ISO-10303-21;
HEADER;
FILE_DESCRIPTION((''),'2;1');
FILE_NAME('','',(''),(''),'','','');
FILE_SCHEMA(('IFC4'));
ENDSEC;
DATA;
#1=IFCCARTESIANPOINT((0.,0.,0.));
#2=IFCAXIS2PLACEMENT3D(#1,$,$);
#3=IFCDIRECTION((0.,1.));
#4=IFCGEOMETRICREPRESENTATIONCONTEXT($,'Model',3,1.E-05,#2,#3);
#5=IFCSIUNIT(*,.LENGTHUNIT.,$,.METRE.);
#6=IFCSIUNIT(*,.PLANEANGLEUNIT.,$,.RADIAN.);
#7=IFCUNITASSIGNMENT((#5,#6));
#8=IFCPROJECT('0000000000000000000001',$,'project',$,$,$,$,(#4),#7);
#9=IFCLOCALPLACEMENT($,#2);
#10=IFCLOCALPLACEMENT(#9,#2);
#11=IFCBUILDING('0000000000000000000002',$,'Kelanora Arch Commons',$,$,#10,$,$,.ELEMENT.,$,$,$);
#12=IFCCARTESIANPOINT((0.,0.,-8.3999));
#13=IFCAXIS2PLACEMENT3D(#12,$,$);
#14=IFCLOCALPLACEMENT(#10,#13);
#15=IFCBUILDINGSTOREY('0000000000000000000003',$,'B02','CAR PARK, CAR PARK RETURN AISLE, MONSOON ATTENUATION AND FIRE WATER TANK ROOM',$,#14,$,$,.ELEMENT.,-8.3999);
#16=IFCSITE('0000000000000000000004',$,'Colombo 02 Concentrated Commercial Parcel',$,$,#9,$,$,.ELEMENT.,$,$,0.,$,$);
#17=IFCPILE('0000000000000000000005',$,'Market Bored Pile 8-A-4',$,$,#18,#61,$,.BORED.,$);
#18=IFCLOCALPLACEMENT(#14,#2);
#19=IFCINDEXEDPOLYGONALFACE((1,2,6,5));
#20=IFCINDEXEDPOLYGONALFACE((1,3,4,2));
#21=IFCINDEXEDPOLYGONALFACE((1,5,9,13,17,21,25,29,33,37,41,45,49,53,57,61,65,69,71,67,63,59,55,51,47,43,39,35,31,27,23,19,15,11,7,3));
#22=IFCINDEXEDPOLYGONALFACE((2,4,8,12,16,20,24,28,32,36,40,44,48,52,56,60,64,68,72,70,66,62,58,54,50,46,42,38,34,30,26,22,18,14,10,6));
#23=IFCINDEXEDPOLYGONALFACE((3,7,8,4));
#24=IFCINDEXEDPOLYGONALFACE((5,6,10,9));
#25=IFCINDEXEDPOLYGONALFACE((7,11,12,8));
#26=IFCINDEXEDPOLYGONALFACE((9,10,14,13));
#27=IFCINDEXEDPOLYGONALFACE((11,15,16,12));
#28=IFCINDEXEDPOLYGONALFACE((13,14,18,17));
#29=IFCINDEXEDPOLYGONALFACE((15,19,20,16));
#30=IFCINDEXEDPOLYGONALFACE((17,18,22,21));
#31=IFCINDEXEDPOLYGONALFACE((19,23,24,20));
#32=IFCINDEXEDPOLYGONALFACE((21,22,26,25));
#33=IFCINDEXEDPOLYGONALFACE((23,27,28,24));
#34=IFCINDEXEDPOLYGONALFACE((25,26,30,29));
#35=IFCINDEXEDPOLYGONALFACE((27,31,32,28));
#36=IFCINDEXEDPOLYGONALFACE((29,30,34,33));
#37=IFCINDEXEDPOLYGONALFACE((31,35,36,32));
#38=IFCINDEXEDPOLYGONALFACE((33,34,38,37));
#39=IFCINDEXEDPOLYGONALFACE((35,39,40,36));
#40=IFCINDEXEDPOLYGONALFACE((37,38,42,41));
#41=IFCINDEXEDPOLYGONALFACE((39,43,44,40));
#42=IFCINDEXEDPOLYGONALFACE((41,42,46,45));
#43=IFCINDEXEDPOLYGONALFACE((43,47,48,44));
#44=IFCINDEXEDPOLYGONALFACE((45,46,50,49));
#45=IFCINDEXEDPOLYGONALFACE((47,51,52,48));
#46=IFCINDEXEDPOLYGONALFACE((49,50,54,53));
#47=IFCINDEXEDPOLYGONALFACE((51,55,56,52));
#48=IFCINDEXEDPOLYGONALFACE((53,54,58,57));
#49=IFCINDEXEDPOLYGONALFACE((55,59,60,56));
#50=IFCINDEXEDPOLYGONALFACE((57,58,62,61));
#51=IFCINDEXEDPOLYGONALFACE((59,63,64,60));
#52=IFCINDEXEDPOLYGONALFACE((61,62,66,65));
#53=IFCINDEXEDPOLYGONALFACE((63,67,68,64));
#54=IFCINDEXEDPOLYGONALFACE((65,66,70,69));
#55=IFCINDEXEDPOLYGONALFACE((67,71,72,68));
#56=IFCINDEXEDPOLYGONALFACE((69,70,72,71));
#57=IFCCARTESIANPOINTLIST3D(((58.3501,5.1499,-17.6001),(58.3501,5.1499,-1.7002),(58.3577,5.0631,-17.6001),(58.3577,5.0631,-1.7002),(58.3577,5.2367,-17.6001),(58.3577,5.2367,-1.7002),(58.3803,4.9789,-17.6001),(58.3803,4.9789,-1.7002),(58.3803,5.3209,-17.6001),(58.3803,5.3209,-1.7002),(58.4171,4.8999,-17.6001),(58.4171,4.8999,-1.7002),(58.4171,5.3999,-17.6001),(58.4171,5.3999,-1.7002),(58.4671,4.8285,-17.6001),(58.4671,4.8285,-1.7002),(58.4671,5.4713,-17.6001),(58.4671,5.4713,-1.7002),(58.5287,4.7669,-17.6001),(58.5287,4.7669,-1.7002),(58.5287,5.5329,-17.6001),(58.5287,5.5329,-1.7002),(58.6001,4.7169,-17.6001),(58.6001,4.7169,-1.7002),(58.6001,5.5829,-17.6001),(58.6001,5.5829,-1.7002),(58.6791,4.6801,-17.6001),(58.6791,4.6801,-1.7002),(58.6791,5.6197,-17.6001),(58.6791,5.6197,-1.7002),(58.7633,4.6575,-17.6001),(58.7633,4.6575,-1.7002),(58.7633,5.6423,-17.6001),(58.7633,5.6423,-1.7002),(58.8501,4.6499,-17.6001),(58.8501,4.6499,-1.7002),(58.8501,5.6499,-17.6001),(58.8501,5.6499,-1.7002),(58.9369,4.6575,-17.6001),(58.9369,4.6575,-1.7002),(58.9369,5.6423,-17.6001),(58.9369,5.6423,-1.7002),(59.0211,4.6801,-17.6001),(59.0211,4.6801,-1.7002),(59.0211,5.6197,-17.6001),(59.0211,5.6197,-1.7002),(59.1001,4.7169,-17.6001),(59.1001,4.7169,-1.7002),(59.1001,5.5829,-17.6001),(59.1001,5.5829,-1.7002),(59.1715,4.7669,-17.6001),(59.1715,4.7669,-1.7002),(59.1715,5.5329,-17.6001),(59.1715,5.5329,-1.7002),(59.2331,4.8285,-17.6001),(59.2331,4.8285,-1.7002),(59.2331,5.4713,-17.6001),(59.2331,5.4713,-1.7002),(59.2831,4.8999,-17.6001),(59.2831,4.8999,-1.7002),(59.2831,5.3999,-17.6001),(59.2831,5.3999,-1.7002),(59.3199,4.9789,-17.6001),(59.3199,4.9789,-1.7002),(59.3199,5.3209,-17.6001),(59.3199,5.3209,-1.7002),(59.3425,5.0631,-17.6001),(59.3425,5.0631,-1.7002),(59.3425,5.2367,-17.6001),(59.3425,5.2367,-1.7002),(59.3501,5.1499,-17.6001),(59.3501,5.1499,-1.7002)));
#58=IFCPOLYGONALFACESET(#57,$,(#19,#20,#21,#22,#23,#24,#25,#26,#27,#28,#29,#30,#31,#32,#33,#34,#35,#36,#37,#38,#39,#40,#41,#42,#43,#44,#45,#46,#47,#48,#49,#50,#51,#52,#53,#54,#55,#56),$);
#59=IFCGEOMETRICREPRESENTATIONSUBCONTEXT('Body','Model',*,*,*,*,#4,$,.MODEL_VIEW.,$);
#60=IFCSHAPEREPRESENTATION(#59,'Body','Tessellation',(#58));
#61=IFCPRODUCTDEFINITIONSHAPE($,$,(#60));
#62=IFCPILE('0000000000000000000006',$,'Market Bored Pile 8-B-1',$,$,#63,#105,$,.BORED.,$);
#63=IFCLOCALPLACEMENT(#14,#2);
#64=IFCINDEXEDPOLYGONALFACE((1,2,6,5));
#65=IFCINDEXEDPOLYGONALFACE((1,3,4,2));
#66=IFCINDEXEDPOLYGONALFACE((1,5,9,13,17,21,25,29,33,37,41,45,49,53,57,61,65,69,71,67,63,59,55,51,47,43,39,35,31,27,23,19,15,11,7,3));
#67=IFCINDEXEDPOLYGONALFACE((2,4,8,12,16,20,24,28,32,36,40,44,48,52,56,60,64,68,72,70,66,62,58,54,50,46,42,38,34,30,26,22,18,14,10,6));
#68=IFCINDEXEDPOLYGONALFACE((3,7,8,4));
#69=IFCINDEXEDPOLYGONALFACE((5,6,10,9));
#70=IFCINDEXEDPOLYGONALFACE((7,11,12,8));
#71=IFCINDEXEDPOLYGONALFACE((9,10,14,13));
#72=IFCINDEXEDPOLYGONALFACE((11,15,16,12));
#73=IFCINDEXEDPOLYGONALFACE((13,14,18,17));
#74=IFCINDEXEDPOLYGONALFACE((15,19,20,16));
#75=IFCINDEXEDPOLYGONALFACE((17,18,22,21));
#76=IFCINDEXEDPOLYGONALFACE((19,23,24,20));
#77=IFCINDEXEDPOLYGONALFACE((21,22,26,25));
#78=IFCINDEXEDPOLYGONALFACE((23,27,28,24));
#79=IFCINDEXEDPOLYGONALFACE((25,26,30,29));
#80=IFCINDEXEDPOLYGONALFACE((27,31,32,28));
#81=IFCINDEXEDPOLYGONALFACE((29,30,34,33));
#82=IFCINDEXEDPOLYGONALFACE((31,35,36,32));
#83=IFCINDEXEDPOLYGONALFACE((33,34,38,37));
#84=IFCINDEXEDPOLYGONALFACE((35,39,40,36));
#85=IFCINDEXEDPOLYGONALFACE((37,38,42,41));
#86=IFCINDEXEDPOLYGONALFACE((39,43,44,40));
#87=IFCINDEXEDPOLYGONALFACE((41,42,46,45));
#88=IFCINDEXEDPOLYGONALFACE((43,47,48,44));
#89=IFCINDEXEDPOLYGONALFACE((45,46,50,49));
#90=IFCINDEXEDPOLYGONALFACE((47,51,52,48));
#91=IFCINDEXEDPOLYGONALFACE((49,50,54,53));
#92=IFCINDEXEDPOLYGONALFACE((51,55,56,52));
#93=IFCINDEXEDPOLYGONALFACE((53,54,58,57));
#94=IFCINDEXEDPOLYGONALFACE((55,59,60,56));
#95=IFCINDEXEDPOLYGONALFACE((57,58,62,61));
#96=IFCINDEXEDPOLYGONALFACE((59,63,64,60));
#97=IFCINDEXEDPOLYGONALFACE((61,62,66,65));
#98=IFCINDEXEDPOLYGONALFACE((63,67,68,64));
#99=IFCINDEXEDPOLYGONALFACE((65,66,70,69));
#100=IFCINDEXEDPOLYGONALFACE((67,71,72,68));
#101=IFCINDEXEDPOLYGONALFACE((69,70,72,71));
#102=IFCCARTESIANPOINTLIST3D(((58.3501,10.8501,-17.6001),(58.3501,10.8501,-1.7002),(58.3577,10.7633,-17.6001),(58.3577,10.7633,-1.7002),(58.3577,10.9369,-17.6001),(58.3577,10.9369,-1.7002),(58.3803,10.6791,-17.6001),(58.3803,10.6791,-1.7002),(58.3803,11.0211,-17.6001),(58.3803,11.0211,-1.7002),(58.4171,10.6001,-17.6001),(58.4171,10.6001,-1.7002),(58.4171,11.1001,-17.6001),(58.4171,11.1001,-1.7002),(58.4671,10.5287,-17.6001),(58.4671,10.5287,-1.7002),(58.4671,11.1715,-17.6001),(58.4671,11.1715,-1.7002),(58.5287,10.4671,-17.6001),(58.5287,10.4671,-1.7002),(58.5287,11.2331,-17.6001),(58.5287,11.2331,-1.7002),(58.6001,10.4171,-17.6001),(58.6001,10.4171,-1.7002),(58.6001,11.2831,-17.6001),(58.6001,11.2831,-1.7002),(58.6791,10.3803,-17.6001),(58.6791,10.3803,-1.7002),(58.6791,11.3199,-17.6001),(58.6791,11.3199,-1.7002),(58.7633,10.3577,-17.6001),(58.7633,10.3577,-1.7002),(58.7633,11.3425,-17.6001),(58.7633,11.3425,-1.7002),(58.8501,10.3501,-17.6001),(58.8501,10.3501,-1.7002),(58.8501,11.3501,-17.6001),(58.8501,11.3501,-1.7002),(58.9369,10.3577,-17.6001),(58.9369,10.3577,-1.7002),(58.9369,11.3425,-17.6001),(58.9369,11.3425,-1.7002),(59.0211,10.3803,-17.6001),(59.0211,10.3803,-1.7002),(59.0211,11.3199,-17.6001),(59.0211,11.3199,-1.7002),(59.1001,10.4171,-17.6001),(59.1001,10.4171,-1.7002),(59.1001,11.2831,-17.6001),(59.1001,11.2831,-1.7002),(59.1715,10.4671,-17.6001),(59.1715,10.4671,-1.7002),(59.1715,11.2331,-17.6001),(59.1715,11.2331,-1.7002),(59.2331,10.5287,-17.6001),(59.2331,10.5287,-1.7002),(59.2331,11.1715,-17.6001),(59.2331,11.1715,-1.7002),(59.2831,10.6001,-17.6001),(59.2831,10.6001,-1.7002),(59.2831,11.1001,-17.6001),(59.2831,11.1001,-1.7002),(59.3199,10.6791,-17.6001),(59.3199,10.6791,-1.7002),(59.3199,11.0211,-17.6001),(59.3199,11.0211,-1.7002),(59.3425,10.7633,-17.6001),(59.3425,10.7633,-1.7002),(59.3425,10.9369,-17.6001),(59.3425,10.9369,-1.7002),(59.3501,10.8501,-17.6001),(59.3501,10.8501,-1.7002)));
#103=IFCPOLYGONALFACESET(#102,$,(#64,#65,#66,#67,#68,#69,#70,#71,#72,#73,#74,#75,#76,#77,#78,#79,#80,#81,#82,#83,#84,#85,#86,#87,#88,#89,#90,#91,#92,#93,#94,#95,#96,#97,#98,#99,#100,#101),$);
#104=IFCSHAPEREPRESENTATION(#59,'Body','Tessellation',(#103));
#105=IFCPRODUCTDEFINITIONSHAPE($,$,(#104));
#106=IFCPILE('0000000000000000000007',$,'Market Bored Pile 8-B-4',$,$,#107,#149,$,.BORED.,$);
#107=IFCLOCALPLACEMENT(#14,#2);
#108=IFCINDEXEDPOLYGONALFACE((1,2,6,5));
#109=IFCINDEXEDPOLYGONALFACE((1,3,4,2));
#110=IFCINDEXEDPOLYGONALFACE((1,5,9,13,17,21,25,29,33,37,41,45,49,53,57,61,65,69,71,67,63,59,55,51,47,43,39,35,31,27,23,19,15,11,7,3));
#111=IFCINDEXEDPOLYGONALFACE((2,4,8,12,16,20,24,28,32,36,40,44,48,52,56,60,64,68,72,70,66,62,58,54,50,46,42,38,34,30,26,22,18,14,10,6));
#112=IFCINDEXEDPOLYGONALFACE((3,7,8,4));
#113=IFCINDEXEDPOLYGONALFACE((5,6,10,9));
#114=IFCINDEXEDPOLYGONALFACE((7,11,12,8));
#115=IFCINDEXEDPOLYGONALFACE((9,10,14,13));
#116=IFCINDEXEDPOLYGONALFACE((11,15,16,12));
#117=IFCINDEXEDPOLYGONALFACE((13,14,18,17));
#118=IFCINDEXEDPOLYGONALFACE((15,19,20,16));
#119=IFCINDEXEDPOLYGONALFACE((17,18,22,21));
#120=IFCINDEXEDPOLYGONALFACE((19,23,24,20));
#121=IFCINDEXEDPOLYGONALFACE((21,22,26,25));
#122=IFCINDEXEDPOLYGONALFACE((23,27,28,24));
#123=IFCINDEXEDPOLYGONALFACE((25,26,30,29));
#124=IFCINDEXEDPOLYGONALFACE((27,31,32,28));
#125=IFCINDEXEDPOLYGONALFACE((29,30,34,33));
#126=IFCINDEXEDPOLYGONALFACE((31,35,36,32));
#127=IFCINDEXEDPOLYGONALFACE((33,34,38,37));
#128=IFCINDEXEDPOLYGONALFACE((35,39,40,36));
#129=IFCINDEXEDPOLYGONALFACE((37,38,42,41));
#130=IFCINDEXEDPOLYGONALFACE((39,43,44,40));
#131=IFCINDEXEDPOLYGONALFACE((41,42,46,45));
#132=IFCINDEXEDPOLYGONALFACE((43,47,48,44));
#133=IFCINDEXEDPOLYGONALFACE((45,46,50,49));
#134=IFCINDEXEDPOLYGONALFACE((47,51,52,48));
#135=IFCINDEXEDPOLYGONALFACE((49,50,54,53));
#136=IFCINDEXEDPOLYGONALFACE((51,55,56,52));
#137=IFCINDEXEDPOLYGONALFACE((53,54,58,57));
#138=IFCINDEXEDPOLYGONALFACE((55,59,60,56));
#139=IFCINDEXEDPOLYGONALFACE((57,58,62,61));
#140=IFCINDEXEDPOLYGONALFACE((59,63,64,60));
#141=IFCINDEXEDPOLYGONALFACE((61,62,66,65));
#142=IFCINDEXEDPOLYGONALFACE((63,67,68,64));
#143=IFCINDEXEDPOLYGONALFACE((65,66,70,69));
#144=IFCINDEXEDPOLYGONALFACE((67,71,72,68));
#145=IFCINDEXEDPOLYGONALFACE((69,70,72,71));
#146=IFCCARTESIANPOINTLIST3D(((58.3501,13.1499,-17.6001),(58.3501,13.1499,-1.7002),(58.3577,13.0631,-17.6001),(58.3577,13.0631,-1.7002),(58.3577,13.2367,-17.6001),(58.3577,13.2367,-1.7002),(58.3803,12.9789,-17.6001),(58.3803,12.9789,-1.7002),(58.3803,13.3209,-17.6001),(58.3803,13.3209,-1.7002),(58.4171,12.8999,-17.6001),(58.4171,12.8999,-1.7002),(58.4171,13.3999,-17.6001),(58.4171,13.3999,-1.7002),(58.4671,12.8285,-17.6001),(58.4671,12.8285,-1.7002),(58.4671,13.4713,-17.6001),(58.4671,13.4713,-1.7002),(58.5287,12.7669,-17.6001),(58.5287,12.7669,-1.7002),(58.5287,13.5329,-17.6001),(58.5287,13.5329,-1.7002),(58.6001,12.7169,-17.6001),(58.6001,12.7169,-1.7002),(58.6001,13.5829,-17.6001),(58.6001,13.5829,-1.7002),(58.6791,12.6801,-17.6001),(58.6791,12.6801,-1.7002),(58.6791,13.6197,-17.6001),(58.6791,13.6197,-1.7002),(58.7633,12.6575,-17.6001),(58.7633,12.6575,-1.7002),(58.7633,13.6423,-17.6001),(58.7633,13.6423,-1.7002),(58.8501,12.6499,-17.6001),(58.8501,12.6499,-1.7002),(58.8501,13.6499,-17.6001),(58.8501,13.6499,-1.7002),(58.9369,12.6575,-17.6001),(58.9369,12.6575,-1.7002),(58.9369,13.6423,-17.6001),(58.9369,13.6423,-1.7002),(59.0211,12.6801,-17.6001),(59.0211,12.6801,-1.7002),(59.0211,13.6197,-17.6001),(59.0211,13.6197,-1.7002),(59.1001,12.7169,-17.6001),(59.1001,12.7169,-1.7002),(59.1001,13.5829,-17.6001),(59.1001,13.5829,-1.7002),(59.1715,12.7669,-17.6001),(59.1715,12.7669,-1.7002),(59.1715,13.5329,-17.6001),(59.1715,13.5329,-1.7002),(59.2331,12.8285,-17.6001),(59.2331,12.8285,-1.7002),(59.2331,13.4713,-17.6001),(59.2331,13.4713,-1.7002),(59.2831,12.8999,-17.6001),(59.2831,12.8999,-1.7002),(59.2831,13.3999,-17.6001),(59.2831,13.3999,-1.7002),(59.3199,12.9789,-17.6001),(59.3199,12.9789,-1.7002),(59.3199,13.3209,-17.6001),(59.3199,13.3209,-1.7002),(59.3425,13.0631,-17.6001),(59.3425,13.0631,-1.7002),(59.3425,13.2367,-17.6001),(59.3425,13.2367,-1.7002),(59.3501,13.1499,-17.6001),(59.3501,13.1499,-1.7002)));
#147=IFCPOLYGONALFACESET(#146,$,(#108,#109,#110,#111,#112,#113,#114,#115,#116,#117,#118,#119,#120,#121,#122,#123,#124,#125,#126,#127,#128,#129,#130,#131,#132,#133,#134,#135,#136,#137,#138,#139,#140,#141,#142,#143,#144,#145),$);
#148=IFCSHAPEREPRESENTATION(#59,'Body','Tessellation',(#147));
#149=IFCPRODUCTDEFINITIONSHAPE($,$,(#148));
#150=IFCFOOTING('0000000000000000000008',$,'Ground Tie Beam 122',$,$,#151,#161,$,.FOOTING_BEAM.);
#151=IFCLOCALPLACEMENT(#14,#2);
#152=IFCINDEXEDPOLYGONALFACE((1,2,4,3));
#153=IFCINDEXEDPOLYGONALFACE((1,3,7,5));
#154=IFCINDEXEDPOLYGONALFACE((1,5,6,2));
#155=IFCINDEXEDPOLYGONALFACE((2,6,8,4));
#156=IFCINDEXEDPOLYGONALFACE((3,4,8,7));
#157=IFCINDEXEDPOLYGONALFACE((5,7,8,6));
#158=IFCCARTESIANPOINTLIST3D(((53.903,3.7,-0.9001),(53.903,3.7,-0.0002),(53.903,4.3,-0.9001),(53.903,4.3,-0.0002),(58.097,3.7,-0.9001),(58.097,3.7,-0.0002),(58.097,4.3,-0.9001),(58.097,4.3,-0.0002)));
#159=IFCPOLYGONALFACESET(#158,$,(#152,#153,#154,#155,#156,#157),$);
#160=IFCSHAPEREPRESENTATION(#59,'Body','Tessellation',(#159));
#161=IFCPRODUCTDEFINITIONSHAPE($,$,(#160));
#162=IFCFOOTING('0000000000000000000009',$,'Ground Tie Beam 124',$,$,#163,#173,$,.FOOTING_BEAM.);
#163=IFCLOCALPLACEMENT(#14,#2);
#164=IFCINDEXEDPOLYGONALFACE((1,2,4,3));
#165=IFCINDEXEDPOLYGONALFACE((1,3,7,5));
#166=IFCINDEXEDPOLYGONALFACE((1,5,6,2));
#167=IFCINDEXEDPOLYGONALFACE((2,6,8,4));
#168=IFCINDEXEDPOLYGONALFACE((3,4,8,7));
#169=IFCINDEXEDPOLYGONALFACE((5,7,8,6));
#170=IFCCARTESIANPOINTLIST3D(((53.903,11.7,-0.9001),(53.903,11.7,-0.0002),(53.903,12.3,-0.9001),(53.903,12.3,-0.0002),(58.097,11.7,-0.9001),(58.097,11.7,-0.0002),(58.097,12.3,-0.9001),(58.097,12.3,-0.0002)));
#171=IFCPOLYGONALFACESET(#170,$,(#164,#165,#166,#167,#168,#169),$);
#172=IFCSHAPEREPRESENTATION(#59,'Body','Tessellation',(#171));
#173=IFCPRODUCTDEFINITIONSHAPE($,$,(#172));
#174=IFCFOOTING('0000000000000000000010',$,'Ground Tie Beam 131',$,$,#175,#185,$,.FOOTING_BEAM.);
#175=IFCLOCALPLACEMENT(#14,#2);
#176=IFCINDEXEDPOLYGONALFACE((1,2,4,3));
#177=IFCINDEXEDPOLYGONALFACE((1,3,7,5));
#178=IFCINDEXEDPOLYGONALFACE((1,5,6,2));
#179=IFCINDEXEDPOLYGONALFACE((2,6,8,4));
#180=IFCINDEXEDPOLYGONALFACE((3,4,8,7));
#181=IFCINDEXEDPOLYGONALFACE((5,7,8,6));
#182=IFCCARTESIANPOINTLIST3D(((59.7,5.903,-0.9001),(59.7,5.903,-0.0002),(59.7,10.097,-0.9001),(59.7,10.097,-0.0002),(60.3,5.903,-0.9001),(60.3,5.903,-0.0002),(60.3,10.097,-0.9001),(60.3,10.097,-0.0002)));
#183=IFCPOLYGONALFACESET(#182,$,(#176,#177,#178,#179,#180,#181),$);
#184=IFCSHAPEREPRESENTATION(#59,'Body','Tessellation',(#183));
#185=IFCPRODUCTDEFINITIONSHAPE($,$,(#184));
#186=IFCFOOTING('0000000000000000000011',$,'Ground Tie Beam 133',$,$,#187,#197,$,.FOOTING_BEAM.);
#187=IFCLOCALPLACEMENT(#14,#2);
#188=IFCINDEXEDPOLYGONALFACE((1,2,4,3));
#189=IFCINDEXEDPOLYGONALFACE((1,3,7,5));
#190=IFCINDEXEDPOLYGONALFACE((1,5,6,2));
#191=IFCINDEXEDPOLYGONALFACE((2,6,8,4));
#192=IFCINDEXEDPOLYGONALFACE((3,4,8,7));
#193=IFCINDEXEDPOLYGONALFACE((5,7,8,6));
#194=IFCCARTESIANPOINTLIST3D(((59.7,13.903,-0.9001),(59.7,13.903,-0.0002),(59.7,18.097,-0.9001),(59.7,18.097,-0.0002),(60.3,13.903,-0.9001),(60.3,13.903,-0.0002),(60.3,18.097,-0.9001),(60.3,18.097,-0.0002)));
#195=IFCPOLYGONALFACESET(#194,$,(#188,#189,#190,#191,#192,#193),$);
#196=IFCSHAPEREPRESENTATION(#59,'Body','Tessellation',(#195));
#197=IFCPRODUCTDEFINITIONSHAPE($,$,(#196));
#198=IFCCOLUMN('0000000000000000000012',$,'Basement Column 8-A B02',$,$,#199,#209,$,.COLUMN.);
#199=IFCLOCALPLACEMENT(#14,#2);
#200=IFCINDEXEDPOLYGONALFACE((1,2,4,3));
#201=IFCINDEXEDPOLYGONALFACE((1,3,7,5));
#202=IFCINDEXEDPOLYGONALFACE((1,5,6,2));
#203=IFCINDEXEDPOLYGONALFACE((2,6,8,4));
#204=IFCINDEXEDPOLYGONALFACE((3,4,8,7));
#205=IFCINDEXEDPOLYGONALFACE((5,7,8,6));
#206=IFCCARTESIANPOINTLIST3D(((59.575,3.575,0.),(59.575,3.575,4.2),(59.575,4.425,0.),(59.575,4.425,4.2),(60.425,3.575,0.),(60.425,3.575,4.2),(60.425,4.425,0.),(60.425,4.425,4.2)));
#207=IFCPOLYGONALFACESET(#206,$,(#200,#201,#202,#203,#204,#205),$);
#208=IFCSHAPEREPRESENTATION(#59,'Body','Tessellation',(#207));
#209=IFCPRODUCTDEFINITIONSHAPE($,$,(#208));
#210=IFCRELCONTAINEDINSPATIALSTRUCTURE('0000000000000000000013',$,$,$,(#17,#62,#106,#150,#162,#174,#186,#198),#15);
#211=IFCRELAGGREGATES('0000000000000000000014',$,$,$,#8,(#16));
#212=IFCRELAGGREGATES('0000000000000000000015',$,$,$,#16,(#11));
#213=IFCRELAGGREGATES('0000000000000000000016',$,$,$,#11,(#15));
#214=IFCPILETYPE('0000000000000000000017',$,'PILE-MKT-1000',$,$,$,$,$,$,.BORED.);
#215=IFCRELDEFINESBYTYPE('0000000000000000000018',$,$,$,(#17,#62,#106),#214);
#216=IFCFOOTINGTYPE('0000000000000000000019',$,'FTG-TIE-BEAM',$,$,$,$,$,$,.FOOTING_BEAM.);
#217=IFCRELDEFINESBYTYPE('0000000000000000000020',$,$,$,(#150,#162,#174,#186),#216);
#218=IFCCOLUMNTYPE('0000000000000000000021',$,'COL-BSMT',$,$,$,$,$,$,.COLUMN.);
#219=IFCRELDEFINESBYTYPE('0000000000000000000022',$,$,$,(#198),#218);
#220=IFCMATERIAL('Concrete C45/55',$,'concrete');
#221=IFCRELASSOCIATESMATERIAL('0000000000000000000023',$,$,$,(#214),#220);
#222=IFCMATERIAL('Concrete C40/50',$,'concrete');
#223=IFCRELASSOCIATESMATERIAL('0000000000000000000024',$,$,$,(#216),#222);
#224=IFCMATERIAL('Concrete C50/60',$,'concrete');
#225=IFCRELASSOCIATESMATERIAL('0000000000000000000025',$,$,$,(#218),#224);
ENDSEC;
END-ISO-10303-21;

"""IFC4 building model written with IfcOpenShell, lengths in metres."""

from ifc_helpers import new_model, si_unit, direction, frame, origin, origin_2d, place, context, subcontext, project, spatial, rectangle, circle, extrude, source, transform, mapped, material, material_profile, profile_set, type_object, element, save


model = new_model("IFC4")

# Units and contexts
model_context = context("Model", 3, precision=1e-05, world=origin(), true_north=direction((0.0, 1.0)))
body_context = subcontext(model_context, "Body", "Model", "MODEL_VIEW")
ifc_project = project(units=[si_unit("LENGTHUNIT", "METRE"), si_unit("PLANEANGLEUNIT", "RADIAN")], contexts=[model_context])

# Site, building, storey
site_placement = place(None, origin())
site = spatial("IfcSite", under=ifc_project, at=site_placement, Name="Colombo 02 Concentrated Commercial Parcel", CompositionType="ELEMENT", RefElevation=0.0)
building_placement = place(site_placement, origin())
building = spatial("IfcBuilding", under=site, at=building_placement, Name="Kelanora Arch Commons", CompositionType="ELEMENT")
storey_placement = place(building_placement, frame((0.0, 0.0, -8.3999)))
storey = spatial("IfcBuildingStorey", under=building, at=storey_placement, Name="B02", Description="CAR PARK, CAR PARK RETURN AISLE, MONSOON ATTENUATION AND FIRE WATER TANK ROOM", CompositionType="ELEMENT", Elevation=-8.3999)

# Shared definitions
ifc_material_1 = material(Name="Concrete C40/50", Category="concrete")

# Piles
ifc_material_2 = material(Name="Concrete C45/55", Category="concrete")
ifc_material_profile_1 = material_profile(ifc_material_2, circle(Radius=0.5, at=origin_2d()), Name="PILE1000")
ifc_profile_set_1 = profile_set([ifc_material_profile_1], Name="Concrete C45/55")
pile_type = type_object("IfcPileType", Name="PILE-MKT-1000", PredefinedType="BORED", material=ifc_profile_set_1)
shared_shape_1 = source(origin(), body_context, "Body", "SweptSolid", [
    extrude(circle(Radius=0.5, at=origin_2d()), origin(), (0.0, 0.0, 1.0), 15.8999),
])
for number, where, z_axis, x_axis, name in (
    (1, (58.8501, 5.1499, -1.7002), (0.0, 0.0, -1.0), (1.0, 0.0, 0.0), "Market Bored Pile 8-A-4"),
    (2, (58.8501, 10.8501, -1.7002), (0.0, 0.0, -1.0), (1.0, 0.0, 0.0), "Market Bored Pile 8-B-1"),
    (3, (58.8501, 13.1499, -1.7002), (0.0, 0.0, -1.0), (1.0, 0.0, 0.0), "Market Bored Pile 8-B-4"),
):
    element("IfcPile", number, at=place(storey_placement, frame(where, z_axis=z_axis, x_axis=x_axis)), inside=storey, type_object=pile_type, Name=name, PredefinedType="BORED", context=body_context, shape_type="MappedRepresentation", body=[
        mapped(shared_shape_1, transform((0.0, 0.0, 0.0), scale=1.0)),
    ])

# Footings
footing_type_1 = type_object("IfcFootingType", Name="FTG-TIE-BEAM", PredefinedType="FOOTING_BEAM", material=ifc_material_1)
shared_shape_2 = source(origin(), body_context, "Body", "SweptSolid", [
    extrude(rectangle(XDim=4.1941, YDim=0.6001, at=origin_2d()), origin(), (0.0, 0.0, 1.0), 0.8999),
])
for number, where, z_axis, x_axis, name in (
    (4, (56.0, 4.0, -0.9001), (0.0, 0.0, 1.0), (1.0, 0.0, 0.0), "Ground Tie Beam 122"),
    (5, (56.0, 12.0, -0.9001), (0.0, 0.0, 1.0), (1.0, 0.0, 0.0), "Ground Tie Beam 124"),
    (6, (60.0, 8.0, -0.9001), (0.0, 0.0, 1.0), (0.0, 1.0, 0.0), "Ground Tie Beam 131"),
    (7, (60.0, 16.0, -0.9001), (0.0, 0.0, 1.0), (0.0, 1.0, 0.0), "Ground Tie Beam 133"),
):
    element("IfcFooting", number, at=place(storey_placement, frame(where, z_axis=z_axis, x_axis=x_axis)), inside=storey, type_object=footing_type_1, Name=name, PredefinedType="FOOTING_BEAM", context=body_context, shape_type="MappedRepresentation", body=[
        mapped(shared_shape_2, transform((0.0, 0.0, 0.0), scale=1.0)),
    ])

# Column
ifc_material_3 = material(Name="Concrete C50/60", Category="concrete")
ifc_material_profile_2 = material_profile(ifc_material_3, rectangle(XDim=0.8501, YDim=0.8501, at=origin_2d()), Name="RC850x850")
ifc_profile_set_2 = profile_set([ifc_material_profile_2], Name="Concrete C50/60")
column_type = type_object("IfcColumnType", Name="COL-BSMT", PredefinedType="COLUMN", material=ifc_profile_set_2)
for number, where, z_axis, x_axis, name in (
    (8, (60.0, 4.0, 0.0), (0.0, 0.0, 1.0), (1.0, 0.0, 0.0), "Basement Column 8-A B02"),
):
    element("IfcColumn", number, at=place(storey_placement, frame(where, z_axis=z_axis, x_axis=x_axis)), inside=storey, type_object=column_type, Name=name, PredefinedType="COLUMN", context=body_context, shape_type="SweptSolid", body=[
        extrude(rectangle(XDim=0.8501, YDim=0.8501, at=origin_2d()), origin(), (0.0, 0.0, 1.0), 4.2),
    ])

save(model, "model.ifc")
